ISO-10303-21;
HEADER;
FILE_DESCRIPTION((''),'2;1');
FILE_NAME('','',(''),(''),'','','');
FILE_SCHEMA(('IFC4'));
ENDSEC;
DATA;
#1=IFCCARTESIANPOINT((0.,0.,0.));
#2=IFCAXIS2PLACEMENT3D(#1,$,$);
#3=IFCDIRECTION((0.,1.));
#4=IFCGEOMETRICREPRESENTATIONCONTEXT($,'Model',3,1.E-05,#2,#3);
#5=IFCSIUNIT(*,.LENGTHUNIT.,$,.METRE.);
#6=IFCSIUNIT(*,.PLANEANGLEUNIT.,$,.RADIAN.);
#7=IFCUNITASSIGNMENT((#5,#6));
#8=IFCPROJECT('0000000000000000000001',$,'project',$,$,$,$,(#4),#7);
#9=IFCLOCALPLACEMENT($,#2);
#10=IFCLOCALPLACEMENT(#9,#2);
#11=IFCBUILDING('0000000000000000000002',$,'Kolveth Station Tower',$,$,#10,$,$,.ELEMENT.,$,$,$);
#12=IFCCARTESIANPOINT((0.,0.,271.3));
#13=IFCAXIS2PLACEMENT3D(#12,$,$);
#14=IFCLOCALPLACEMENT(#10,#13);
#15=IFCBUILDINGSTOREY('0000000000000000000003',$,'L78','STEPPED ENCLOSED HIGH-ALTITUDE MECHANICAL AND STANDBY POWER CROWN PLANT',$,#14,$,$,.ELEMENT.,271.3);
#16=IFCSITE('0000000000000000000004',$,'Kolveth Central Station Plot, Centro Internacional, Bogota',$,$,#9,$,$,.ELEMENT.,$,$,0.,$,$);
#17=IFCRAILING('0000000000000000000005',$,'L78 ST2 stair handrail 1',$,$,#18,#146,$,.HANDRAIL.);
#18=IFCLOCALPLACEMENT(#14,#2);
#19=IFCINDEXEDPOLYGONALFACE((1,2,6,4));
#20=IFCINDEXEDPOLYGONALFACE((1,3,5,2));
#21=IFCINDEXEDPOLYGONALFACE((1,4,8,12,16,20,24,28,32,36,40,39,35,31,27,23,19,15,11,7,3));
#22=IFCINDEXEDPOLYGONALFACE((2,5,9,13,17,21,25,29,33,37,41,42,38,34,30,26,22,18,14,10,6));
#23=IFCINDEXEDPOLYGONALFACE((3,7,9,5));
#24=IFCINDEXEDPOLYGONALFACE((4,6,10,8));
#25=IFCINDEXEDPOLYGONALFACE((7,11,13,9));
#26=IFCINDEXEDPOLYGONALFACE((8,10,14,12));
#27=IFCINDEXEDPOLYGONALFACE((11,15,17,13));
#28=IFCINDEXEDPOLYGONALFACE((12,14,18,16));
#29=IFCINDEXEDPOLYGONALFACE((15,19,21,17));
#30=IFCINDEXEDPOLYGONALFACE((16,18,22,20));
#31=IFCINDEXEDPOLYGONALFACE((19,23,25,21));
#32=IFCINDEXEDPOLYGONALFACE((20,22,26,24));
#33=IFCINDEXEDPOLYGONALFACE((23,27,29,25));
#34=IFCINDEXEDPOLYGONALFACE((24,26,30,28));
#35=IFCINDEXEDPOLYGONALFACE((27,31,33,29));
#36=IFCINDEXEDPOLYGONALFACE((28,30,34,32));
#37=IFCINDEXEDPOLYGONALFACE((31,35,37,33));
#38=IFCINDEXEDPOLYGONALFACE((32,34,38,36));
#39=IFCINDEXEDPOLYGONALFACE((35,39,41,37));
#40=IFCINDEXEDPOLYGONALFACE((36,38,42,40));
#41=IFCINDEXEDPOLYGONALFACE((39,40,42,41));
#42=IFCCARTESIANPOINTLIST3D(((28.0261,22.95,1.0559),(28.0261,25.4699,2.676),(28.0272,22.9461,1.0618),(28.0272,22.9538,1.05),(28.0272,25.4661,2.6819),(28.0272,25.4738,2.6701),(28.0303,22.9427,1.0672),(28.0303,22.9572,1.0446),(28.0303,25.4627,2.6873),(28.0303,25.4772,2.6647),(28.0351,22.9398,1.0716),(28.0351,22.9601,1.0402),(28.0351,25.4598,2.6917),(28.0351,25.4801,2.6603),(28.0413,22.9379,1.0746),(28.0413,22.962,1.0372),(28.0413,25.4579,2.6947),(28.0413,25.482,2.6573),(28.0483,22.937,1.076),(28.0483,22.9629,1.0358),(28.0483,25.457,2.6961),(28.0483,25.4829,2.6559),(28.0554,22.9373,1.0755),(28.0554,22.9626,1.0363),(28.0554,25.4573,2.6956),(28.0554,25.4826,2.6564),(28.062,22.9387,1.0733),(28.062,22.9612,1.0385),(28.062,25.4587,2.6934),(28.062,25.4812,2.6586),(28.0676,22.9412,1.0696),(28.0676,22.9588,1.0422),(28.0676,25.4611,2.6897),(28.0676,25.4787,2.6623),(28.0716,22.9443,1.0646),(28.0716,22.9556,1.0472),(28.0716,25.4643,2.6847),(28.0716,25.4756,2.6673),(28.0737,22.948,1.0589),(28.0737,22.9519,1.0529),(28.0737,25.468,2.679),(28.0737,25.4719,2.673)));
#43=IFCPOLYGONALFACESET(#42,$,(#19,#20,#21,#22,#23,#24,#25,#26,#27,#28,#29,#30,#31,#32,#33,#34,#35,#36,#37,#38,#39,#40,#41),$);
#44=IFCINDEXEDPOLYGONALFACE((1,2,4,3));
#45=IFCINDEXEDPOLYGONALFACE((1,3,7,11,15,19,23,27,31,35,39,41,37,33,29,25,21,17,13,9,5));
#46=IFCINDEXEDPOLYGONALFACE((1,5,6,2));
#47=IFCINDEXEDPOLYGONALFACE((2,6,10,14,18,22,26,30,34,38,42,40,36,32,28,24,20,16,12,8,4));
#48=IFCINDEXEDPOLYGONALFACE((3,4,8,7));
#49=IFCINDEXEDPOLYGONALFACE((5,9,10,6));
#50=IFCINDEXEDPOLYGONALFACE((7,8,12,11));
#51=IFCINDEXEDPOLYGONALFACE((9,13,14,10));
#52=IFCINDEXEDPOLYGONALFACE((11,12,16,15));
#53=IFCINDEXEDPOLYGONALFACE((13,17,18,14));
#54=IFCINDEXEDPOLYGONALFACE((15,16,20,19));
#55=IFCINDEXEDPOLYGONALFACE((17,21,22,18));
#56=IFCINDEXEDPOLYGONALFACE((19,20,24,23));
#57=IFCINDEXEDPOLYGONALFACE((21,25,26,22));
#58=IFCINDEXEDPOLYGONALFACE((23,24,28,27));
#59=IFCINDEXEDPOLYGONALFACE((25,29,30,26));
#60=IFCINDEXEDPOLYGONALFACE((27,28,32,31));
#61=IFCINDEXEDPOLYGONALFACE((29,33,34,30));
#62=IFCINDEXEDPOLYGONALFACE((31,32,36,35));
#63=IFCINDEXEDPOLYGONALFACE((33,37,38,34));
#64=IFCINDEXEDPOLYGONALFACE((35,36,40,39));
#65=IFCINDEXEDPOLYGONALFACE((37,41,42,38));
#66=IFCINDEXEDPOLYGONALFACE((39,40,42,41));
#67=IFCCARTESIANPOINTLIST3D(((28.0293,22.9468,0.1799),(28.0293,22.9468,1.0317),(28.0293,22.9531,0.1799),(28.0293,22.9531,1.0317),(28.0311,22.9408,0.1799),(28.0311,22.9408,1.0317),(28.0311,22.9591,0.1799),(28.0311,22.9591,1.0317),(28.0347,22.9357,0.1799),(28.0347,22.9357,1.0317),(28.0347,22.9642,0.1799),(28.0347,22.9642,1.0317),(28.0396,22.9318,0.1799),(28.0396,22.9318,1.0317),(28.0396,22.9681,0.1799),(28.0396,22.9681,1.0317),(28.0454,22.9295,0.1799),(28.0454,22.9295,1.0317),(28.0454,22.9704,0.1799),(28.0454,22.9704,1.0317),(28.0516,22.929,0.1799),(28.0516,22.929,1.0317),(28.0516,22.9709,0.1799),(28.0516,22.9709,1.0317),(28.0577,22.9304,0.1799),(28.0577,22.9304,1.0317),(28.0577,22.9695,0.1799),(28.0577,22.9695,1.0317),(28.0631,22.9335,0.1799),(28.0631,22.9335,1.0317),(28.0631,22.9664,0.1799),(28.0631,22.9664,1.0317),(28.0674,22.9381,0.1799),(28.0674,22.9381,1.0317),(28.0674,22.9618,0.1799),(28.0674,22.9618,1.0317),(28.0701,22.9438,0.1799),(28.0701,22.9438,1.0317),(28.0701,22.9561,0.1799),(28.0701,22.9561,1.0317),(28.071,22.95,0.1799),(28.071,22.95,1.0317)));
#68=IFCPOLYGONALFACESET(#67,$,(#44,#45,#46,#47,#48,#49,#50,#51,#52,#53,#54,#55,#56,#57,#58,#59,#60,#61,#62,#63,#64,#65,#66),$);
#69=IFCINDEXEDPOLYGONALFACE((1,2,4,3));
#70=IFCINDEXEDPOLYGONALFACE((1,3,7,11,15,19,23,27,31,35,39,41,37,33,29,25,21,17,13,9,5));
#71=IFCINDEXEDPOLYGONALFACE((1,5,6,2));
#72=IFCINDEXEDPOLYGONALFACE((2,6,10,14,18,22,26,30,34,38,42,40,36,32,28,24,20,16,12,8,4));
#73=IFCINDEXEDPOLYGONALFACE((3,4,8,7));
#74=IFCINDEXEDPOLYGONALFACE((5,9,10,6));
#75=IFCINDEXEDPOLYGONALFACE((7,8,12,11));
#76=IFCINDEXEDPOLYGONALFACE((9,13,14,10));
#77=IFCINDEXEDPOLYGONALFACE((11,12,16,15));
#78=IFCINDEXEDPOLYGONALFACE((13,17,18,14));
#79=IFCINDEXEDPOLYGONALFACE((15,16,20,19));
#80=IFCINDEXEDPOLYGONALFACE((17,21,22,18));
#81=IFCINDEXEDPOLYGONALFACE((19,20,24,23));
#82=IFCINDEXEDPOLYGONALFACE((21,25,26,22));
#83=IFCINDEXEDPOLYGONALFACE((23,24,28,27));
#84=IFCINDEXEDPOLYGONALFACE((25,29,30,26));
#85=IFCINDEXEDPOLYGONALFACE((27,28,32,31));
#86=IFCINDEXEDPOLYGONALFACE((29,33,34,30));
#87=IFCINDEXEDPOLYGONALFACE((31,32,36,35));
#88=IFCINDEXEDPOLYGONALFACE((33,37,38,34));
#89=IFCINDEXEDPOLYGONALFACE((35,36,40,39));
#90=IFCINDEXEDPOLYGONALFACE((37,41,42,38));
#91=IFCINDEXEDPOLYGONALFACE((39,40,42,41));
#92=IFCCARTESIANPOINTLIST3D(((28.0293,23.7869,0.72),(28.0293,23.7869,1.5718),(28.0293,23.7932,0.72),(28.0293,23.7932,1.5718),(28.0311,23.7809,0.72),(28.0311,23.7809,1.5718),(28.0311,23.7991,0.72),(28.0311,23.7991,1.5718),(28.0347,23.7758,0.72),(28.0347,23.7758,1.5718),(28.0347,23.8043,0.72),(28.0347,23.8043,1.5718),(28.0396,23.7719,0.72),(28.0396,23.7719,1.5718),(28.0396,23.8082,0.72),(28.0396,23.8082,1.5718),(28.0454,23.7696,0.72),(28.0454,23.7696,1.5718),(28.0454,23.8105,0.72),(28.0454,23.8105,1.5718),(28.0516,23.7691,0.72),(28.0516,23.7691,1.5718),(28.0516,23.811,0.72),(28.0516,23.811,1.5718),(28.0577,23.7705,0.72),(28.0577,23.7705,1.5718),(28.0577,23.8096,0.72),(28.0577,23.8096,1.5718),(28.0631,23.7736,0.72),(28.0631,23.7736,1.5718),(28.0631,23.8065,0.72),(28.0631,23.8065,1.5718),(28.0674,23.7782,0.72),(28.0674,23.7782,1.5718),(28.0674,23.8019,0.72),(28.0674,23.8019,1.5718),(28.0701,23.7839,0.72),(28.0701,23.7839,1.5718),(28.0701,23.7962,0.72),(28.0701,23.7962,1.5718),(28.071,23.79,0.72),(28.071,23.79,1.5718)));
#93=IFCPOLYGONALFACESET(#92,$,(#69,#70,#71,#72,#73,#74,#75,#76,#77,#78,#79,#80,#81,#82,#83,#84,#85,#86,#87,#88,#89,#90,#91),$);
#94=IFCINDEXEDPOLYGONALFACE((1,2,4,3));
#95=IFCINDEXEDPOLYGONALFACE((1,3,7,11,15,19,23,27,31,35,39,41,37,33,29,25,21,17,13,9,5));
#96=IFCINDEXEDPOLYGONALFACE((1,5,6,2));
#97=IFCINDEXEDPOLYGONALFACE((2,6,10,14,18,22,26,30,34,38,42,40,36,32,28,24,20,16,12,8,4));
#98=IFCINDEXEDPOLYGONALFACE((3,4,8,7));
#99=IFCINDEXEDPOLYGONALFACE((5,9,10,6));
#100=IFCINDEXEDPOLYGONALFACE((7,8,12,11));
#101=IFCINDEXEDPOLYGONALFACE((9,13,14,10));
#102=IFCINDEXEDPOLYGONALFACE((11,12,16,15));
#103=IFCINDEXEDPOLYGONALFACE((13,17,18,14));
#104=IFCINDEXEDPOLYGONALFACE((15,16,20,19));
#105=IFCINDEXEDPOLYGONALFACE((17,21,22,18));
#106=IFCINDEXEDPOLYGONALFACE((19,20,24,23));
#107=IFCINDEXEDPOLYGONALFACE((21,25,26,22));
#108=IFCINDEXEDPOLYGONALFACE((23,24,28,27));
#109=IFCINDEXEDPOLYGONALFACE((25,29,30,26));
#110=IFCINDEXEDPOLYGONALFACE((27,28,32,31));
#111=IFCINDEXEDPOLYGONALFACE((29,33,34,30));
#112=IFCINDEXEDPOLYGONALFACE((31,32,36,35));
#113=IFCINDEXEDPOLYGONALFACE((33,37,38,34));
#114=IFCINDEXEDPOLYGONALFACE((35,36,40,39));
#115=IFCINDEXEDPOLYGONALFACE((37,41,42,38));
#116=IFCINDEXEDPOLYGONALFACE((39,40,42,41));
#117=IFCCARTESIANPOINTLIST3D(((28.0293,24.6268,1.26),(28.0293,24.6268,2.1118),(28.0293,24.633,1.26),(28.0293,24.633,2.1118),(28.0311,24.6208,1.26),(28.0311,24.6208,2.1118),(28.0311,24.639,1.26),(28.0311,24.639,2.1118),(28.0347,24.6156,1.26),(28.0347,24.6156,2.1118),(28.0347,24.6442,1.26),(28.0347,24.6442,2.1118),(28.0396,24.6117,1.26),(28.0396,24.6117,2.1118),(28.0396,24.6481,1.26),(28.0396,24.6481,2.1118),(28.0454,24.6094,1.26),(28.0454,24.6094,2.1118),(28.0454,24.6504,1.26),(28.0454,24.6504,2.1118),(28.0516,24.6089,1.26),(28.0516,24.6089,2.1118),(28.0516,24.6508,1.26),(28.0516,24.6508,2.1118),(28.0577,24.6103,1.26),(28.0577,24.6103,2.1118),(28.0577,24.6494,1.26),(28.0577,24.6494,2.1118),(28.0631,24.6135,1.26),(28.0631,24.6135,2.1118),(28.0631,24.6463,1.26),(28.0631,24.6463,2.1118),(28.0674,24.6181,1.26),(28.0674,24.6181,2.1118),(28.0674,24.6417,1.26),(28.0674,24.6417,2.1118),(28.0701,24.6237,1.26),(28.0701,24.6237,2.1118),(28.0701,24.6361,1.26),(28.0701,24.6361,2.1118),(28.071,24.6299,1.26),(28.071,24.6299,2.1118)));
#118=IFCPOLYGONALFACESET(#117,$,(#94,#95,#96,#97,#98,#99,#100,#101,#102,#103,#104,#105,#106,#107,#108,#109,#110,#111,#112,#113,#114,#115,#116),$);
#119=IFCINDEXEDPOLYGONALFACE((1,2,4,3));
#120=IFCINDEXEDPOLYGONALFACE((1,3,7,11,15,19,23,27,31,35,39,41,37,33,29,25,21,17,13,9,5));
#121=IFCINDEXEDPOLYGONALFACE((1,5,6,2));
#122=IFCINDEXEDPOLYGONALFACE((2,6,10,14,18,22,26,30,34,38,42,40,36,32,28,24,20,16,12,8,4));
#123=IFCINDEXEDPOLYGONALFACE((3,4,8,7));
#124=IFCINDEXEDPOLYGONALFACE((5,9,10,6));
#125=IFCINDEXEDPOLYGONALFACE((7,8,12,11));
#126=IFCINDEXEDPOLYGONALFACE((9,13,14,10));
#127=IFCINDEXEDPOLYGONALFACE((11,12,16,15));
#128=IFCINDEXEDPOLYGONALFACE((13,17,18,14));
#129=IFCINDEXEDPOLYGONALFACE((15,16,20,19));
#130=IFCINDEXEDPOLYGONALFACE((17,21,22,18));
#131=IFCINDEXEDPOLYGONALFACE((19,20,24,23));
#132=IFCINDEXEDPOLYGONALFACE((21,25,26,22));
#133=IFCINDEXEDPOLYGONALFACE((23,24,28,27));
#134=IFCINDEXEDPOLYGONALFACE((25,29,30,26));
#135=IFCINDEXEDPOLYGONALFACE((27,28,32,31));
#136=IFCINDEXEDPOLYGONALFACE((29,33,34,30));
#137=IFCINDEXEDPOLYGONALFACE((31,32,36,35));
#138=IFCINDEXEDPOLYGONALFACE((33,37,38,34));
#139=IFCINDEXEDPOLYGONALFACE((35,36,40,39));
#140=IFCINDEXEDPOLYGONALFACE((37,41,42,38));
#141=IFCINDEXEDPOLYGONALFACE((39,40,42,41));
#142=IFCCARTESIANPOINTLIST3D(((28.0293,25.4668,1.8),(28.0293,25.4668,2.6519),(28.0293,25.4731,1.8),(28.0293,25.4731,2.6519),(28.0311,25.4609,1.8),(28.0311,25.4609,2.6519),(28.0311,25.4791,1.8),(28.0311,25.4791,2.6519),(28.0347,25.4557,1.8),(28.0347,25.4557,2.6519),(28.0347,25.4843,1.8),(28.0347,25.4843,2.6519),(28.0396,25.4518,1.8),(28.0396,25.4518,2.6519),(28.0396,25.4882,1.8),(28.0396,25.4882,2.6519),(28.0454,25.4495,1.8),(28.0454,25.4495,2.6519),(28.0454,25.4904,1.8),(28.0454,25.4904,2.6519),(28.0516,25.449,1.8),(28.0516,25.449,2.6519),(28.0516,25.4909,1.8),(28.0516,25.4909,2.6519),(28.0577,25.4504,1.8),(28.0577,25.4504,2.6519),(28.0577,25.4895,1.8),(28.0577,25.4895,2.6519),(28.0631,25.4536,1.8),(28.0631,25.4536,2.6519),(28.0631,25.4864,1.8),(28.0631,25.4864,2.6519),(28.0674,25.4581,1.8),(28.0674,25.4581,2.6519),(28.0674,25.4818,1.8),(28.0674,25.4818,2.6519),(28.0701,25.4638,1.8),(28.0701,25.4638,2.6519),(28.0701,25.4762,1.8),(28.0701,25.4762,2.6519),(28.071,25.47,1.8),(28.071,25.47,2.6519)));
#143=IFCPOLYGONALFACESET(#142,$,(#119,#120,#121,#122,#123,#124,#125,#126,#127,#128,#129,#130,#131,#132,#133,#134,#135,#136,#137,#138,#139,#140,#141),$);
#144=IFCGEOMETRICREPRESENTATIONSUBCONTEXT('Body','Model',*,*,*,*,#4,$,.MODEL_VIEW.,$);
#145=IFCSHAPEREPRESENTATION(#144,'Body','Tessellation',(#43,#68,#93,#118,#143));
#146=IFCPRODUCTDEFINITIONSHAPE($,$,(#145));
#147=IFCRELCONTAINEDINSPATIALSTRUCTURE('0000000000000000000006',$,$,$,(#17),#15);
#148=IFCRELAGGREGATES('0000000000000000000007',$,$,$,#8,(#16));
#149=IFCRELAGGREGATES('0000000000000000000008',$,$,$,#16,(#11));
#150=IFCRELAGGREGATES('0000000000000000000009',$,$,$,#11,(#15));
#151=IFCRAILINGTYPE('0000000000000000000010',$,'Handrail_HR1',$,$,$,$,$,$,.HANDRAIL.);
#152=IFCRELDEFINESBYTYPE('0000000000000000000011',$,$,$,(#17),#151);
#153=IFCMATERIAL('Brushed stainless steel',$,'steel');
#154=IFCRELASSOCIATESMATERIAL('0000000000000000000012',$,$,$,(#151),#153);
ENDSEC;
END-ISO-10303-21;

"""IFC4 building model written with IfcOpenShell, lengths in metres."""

from ifc_helpers import new_model, si_unit, direction, frame, origin, origin_2d, place, context, subcontext, project, spatial, circle, extrude, material, type_object, element, save


model = new_model("IFC4")

# Units and contexts
model_context = context("Model", 3, precision=1e-05, world=origin(), true_north=direction((0.0, 1.0)))
body_context = subcontext(model_context, "Body", "Model", "MODEL_VIEW")
ifc_project = project(units=[si_unit("LENGTHUNIT", "METRE"), si_unit("PLANEANGLEUNIT", "RADIAN")], contexts=[model_context])

# Site, building, storey
site_placement = place(None, origin())
site = spatial("IfcSite", under=ifc_project, at=site_placement, Name="Kolveth Central Station Plot, Centro Internacional, Bogota", CompositionType="ELEMENT", RefElevation=0.0)
building_placement = place(site_placement, origin())
building = spatial("IfcBuilding", under=site, at=building_placement, Name="Kolveth Station Tower", CompositionType="ELEMENT")
storey_placement = place(building_placement, frame((0.0, 0.0, 271.3)))
storey = spatial("IfcBuildingStorey", under=building, at=storey_placement, Name="L78", Description="STEPPED ENCLOSED HIGH-ALTITUDE MECHANICAL AND STANDBY POWER CROWN PLANT", CompositionType="ELEMENT", Elevation=271.3)

# Railing
ifc_material_1 = material(Name="Brushed stainless steel", Category="steel")
railing_type_1 = type_object("IfcRailingType", Name="Handrail_HR1", PredefinedType="HANDRAIL", material=ifc_material_1)
for number, where, name in (
    (1, (28.05, 22.95, 0.1799), "L78 ST2 stair handrail 1"),
):
    element("IfcRailing", number, at=place(storey_placement, frame(where)), inside=storey, type_object=railing_type_1, Name=name, PredefinedType="HANDRAIL", context=body_context, shape_type="SweptSolid", body=[
        extrude(circle(Radius=0.0239, at=origin_2d()), frame((0.0, 0.0, 0.876), z_axis=(0.0, 0.841163, 0.540782), x_axis=(-1.0, 0.0, 0.0)), (0.0, 0.0, 1.0), 2.9958),
        extrude(circle(Radius=0.021, at=origin_2d()), origin(), (0.0, 0.0, 1.0), 0.8518),
        extrude(circle(Radius=0.021, at=origin_2d()), frame((0.0, 0.8401, 0.54)), (0.0, 0.0, 1.0), 0.8518),
        extrude(circle(Radius=0.021, at=origin_2d()), frame((0.0, 1.6799, 1.0801)), (0.0, 0.0, 1.0), 0.8518),
        extrude(circle(Radius=0.021, at=origin_2d()), frame((0.0, 2.52, 1.6201)), (0.0, 0.0, 1.0), 0.8518),
    ])

save(model, "model.ifc")
